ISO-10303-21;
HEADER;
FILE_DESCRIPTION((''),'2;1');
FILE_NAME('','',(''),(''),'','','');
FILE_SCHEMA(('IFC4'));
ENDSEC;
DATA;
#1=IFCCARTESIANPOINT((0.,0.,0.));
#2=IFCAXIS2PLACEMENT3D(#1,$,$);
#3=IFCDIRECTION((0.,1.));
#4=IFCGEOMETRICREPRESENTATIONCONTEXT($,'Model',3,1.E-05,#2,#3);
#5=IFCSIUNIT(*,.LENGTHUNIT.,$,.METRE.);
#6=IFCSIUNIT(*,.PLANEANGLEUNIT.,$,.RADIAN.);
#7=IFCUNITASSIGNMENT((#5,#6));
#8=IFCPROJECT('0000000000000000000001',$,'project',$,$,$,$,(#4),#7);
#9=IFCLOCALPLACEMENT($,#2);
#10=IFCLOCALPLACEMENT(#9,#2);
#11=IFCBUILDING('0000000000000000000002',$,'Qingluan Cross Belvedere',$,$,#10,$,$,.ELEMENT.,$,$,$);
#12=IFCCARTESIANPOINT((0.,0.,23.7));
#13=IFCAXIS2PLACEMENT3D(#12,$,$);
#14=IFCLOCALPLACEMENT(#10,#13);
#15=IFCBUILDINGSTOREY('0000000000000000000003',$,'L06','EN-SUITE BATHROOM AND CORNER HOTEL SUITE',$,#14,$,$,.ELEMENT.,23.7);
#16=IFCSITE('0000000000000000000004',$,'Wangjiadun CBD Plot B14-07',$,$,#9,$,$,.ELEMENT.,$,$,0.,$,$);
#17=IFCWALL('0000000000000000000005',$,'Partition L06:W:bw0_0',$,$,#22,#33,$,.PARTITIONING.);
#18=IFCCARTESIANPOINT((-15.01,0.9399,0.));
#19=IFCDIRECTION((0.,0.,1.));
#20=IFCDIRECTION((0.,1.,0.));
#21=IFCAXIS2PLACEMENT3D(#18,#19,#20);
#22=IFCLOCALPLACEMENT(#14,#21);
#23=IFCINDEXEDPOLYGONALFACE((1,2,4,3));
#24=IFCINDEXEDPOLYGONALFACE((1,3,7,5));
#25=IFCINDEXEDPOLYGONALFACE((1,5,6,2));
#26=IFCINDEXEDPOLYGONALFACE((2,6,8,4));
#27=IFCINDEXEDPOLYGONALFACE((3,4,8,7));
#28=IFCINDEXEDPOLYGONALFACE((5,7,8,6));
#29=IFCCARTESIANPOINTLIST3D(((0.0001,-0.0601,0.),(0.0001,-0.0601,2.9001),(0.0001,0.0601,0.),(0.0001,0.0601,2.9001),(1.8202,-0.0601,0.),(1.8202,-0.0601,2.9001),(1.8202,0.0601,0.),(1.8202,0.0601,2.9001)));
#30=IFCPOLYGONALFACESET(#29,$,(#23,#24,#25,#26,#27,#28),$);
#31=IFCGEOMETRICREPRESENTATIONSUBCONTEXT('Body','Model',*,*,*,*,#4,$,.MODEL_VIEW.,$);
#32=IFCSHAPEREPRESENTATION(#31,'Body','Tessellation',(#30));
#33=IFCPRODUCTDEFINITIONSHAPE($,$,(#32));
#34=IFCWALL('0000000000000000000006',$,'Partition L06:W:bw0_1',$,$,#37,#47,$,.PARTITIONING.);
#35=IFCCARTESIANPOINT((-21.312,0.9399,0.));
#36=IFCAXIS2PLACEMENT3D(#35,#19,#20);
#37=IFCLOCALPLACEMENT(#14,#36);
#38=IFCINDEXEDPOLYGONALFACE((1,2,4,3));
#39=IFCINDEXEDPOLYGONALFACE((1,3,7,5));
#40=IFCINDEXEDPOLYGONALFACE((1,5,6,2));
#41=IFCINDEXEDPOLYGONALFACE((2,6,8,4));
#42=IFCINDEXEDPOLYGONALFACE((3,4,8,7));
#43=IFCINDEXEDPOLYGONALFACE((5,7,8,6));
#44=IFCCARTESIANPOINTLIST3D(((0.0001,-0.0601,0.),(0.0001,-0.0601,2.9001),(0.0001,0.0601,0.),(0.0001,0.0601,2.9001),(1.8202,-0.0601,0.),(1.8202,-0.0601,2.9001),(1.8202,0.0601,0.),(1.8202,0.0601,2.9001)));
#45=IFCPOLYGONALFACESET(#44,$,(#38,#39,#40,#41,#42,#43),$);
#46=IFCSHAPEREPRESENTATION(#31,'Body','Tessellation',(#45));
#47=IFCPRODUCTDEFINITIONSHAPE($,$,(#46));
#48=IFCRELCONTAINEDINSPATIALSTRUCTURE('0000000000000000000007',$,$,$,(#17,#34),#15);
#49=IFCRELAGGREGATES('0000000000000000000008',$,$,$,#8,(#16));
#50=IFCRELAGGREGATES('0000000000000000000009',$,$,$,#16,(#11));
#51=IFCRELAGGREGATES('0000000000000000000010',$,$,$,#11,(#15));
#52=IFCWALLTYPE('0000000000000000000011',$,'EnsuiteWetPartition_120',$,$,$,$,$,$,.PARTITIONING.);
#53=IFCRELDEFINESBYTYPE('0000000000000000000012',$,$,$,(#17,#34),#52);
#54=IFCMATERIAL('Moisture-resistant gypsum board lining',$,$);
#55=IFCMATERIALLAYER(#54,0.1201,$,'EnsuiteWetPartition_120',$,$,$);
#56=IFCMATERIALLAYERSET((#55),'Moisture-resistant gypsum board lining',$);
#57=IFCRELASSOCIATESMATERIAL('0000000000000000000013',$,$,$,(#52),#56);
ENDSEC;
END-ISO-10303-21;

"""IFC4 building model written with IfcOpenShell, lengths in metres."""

from ifc_helpers import new_model, si_unit, direction, frame, frame_2d, origin, place, context, subcontext, project, spatial, rectangle, extrude, material, layer, layer_set, type_object, element, save


model = new_model("IFC4")

# Units and contexts
model_context = context("Model", 3, precision=1e-05, world=origin(), true_north=direction((0.0, 1.0)))
body_context = subcontext(model_context, "Body", "Model", "MODEL_VIEW")
ifc_project = project(units=[si_unit("LENGTHUNIT", "METRE"), si_unit("PLANEANGLEUNIT", "RADIAN")], contexts=[model_context])

# Site, building, storey
site_placement = place(None, origin())
site = spatial("IfcSite", under=ifc_project, at=site_placement, Name="Wangjiadun CBD Plot B14-07", CompositionType="ELEMENT", RefElevation=0.0)
building_placement = place(site_placement, origin())
building = spatial("IfcBuilding", under=site, at=building_placement, Name="Qingluan Cross Belvedere", CompositionType="ELEMENT")
storey_placement = place(building_placement, frame((0.0, 0.0, 23.7)))
storey = spatial("IfcBuildingStorey", under=building, at=storey_placement, Name="L06", Description="EN-SUITE BATHROOM AND CORNER HOTEL SUITE", CompositionType="ELEMENT", Elevation=23.7)

# Shared definitions
ifc_material_1 = material(Name="Moisture-resistant gypsum board lining")
ifc_layer_1 = layer(ifc_material_1, 0.1201, Name="EnsuiteWetPartition_120")
ifc_layer_set_1 = layer_set([ifc_layer_1], Name="Moisture-resistant gypsum board lining")
wall_type_1 = type_object("IfcWallType", Name="EnsuiteWetPartition_120", PredefinedType="PARTITIONING", material=ifc_layer_set_1)

# Walls
wall_1_placement = place(storey_placement, frame((-15.01, 0.9399, 0.0), z_axis=(0.0, 0.0, 1.0), x_axis=(0.0, 1.0, 0.0)))
element("IfcWall", 1, at=wall_1_placement, inside=storey, type_object=wall_type_1, Name="Partition L06:W:bw0_0", PredefinedType="PARTITIONING", context=body_context, shape_type="SweptSolid", body=[
    extrude(rectangle(XDim=1.8201, YDim=0.1201, at=frame_2d((0.9102, 0.0))), origin(), (0.0, 0.0, 1.0), 2.9001),
])
wall_2_placement = place(storey_placement, frame((-21.312, 0.9399, 0.0), z_axis=(0.0, 0.0, 1.0), x_axis=(0.0, 1.0, 0.0)))
element("IfcWall", 2, at=wall_2_placement, inside=storey, type_object=wall_type_1, Name="Partition L06:W:bw0_1", PredefinedType="PARTITIONING", context=body_context, shape_type="SweptSolid", body=[
    extrude(rectangle(XDim=1.8201, YDim=0.1201, at=frame_2d((0.9102, 0.0))), origin(), (0.0, 0.0, 1.0), 2.9001),
])

save(model, "model.ifc")
